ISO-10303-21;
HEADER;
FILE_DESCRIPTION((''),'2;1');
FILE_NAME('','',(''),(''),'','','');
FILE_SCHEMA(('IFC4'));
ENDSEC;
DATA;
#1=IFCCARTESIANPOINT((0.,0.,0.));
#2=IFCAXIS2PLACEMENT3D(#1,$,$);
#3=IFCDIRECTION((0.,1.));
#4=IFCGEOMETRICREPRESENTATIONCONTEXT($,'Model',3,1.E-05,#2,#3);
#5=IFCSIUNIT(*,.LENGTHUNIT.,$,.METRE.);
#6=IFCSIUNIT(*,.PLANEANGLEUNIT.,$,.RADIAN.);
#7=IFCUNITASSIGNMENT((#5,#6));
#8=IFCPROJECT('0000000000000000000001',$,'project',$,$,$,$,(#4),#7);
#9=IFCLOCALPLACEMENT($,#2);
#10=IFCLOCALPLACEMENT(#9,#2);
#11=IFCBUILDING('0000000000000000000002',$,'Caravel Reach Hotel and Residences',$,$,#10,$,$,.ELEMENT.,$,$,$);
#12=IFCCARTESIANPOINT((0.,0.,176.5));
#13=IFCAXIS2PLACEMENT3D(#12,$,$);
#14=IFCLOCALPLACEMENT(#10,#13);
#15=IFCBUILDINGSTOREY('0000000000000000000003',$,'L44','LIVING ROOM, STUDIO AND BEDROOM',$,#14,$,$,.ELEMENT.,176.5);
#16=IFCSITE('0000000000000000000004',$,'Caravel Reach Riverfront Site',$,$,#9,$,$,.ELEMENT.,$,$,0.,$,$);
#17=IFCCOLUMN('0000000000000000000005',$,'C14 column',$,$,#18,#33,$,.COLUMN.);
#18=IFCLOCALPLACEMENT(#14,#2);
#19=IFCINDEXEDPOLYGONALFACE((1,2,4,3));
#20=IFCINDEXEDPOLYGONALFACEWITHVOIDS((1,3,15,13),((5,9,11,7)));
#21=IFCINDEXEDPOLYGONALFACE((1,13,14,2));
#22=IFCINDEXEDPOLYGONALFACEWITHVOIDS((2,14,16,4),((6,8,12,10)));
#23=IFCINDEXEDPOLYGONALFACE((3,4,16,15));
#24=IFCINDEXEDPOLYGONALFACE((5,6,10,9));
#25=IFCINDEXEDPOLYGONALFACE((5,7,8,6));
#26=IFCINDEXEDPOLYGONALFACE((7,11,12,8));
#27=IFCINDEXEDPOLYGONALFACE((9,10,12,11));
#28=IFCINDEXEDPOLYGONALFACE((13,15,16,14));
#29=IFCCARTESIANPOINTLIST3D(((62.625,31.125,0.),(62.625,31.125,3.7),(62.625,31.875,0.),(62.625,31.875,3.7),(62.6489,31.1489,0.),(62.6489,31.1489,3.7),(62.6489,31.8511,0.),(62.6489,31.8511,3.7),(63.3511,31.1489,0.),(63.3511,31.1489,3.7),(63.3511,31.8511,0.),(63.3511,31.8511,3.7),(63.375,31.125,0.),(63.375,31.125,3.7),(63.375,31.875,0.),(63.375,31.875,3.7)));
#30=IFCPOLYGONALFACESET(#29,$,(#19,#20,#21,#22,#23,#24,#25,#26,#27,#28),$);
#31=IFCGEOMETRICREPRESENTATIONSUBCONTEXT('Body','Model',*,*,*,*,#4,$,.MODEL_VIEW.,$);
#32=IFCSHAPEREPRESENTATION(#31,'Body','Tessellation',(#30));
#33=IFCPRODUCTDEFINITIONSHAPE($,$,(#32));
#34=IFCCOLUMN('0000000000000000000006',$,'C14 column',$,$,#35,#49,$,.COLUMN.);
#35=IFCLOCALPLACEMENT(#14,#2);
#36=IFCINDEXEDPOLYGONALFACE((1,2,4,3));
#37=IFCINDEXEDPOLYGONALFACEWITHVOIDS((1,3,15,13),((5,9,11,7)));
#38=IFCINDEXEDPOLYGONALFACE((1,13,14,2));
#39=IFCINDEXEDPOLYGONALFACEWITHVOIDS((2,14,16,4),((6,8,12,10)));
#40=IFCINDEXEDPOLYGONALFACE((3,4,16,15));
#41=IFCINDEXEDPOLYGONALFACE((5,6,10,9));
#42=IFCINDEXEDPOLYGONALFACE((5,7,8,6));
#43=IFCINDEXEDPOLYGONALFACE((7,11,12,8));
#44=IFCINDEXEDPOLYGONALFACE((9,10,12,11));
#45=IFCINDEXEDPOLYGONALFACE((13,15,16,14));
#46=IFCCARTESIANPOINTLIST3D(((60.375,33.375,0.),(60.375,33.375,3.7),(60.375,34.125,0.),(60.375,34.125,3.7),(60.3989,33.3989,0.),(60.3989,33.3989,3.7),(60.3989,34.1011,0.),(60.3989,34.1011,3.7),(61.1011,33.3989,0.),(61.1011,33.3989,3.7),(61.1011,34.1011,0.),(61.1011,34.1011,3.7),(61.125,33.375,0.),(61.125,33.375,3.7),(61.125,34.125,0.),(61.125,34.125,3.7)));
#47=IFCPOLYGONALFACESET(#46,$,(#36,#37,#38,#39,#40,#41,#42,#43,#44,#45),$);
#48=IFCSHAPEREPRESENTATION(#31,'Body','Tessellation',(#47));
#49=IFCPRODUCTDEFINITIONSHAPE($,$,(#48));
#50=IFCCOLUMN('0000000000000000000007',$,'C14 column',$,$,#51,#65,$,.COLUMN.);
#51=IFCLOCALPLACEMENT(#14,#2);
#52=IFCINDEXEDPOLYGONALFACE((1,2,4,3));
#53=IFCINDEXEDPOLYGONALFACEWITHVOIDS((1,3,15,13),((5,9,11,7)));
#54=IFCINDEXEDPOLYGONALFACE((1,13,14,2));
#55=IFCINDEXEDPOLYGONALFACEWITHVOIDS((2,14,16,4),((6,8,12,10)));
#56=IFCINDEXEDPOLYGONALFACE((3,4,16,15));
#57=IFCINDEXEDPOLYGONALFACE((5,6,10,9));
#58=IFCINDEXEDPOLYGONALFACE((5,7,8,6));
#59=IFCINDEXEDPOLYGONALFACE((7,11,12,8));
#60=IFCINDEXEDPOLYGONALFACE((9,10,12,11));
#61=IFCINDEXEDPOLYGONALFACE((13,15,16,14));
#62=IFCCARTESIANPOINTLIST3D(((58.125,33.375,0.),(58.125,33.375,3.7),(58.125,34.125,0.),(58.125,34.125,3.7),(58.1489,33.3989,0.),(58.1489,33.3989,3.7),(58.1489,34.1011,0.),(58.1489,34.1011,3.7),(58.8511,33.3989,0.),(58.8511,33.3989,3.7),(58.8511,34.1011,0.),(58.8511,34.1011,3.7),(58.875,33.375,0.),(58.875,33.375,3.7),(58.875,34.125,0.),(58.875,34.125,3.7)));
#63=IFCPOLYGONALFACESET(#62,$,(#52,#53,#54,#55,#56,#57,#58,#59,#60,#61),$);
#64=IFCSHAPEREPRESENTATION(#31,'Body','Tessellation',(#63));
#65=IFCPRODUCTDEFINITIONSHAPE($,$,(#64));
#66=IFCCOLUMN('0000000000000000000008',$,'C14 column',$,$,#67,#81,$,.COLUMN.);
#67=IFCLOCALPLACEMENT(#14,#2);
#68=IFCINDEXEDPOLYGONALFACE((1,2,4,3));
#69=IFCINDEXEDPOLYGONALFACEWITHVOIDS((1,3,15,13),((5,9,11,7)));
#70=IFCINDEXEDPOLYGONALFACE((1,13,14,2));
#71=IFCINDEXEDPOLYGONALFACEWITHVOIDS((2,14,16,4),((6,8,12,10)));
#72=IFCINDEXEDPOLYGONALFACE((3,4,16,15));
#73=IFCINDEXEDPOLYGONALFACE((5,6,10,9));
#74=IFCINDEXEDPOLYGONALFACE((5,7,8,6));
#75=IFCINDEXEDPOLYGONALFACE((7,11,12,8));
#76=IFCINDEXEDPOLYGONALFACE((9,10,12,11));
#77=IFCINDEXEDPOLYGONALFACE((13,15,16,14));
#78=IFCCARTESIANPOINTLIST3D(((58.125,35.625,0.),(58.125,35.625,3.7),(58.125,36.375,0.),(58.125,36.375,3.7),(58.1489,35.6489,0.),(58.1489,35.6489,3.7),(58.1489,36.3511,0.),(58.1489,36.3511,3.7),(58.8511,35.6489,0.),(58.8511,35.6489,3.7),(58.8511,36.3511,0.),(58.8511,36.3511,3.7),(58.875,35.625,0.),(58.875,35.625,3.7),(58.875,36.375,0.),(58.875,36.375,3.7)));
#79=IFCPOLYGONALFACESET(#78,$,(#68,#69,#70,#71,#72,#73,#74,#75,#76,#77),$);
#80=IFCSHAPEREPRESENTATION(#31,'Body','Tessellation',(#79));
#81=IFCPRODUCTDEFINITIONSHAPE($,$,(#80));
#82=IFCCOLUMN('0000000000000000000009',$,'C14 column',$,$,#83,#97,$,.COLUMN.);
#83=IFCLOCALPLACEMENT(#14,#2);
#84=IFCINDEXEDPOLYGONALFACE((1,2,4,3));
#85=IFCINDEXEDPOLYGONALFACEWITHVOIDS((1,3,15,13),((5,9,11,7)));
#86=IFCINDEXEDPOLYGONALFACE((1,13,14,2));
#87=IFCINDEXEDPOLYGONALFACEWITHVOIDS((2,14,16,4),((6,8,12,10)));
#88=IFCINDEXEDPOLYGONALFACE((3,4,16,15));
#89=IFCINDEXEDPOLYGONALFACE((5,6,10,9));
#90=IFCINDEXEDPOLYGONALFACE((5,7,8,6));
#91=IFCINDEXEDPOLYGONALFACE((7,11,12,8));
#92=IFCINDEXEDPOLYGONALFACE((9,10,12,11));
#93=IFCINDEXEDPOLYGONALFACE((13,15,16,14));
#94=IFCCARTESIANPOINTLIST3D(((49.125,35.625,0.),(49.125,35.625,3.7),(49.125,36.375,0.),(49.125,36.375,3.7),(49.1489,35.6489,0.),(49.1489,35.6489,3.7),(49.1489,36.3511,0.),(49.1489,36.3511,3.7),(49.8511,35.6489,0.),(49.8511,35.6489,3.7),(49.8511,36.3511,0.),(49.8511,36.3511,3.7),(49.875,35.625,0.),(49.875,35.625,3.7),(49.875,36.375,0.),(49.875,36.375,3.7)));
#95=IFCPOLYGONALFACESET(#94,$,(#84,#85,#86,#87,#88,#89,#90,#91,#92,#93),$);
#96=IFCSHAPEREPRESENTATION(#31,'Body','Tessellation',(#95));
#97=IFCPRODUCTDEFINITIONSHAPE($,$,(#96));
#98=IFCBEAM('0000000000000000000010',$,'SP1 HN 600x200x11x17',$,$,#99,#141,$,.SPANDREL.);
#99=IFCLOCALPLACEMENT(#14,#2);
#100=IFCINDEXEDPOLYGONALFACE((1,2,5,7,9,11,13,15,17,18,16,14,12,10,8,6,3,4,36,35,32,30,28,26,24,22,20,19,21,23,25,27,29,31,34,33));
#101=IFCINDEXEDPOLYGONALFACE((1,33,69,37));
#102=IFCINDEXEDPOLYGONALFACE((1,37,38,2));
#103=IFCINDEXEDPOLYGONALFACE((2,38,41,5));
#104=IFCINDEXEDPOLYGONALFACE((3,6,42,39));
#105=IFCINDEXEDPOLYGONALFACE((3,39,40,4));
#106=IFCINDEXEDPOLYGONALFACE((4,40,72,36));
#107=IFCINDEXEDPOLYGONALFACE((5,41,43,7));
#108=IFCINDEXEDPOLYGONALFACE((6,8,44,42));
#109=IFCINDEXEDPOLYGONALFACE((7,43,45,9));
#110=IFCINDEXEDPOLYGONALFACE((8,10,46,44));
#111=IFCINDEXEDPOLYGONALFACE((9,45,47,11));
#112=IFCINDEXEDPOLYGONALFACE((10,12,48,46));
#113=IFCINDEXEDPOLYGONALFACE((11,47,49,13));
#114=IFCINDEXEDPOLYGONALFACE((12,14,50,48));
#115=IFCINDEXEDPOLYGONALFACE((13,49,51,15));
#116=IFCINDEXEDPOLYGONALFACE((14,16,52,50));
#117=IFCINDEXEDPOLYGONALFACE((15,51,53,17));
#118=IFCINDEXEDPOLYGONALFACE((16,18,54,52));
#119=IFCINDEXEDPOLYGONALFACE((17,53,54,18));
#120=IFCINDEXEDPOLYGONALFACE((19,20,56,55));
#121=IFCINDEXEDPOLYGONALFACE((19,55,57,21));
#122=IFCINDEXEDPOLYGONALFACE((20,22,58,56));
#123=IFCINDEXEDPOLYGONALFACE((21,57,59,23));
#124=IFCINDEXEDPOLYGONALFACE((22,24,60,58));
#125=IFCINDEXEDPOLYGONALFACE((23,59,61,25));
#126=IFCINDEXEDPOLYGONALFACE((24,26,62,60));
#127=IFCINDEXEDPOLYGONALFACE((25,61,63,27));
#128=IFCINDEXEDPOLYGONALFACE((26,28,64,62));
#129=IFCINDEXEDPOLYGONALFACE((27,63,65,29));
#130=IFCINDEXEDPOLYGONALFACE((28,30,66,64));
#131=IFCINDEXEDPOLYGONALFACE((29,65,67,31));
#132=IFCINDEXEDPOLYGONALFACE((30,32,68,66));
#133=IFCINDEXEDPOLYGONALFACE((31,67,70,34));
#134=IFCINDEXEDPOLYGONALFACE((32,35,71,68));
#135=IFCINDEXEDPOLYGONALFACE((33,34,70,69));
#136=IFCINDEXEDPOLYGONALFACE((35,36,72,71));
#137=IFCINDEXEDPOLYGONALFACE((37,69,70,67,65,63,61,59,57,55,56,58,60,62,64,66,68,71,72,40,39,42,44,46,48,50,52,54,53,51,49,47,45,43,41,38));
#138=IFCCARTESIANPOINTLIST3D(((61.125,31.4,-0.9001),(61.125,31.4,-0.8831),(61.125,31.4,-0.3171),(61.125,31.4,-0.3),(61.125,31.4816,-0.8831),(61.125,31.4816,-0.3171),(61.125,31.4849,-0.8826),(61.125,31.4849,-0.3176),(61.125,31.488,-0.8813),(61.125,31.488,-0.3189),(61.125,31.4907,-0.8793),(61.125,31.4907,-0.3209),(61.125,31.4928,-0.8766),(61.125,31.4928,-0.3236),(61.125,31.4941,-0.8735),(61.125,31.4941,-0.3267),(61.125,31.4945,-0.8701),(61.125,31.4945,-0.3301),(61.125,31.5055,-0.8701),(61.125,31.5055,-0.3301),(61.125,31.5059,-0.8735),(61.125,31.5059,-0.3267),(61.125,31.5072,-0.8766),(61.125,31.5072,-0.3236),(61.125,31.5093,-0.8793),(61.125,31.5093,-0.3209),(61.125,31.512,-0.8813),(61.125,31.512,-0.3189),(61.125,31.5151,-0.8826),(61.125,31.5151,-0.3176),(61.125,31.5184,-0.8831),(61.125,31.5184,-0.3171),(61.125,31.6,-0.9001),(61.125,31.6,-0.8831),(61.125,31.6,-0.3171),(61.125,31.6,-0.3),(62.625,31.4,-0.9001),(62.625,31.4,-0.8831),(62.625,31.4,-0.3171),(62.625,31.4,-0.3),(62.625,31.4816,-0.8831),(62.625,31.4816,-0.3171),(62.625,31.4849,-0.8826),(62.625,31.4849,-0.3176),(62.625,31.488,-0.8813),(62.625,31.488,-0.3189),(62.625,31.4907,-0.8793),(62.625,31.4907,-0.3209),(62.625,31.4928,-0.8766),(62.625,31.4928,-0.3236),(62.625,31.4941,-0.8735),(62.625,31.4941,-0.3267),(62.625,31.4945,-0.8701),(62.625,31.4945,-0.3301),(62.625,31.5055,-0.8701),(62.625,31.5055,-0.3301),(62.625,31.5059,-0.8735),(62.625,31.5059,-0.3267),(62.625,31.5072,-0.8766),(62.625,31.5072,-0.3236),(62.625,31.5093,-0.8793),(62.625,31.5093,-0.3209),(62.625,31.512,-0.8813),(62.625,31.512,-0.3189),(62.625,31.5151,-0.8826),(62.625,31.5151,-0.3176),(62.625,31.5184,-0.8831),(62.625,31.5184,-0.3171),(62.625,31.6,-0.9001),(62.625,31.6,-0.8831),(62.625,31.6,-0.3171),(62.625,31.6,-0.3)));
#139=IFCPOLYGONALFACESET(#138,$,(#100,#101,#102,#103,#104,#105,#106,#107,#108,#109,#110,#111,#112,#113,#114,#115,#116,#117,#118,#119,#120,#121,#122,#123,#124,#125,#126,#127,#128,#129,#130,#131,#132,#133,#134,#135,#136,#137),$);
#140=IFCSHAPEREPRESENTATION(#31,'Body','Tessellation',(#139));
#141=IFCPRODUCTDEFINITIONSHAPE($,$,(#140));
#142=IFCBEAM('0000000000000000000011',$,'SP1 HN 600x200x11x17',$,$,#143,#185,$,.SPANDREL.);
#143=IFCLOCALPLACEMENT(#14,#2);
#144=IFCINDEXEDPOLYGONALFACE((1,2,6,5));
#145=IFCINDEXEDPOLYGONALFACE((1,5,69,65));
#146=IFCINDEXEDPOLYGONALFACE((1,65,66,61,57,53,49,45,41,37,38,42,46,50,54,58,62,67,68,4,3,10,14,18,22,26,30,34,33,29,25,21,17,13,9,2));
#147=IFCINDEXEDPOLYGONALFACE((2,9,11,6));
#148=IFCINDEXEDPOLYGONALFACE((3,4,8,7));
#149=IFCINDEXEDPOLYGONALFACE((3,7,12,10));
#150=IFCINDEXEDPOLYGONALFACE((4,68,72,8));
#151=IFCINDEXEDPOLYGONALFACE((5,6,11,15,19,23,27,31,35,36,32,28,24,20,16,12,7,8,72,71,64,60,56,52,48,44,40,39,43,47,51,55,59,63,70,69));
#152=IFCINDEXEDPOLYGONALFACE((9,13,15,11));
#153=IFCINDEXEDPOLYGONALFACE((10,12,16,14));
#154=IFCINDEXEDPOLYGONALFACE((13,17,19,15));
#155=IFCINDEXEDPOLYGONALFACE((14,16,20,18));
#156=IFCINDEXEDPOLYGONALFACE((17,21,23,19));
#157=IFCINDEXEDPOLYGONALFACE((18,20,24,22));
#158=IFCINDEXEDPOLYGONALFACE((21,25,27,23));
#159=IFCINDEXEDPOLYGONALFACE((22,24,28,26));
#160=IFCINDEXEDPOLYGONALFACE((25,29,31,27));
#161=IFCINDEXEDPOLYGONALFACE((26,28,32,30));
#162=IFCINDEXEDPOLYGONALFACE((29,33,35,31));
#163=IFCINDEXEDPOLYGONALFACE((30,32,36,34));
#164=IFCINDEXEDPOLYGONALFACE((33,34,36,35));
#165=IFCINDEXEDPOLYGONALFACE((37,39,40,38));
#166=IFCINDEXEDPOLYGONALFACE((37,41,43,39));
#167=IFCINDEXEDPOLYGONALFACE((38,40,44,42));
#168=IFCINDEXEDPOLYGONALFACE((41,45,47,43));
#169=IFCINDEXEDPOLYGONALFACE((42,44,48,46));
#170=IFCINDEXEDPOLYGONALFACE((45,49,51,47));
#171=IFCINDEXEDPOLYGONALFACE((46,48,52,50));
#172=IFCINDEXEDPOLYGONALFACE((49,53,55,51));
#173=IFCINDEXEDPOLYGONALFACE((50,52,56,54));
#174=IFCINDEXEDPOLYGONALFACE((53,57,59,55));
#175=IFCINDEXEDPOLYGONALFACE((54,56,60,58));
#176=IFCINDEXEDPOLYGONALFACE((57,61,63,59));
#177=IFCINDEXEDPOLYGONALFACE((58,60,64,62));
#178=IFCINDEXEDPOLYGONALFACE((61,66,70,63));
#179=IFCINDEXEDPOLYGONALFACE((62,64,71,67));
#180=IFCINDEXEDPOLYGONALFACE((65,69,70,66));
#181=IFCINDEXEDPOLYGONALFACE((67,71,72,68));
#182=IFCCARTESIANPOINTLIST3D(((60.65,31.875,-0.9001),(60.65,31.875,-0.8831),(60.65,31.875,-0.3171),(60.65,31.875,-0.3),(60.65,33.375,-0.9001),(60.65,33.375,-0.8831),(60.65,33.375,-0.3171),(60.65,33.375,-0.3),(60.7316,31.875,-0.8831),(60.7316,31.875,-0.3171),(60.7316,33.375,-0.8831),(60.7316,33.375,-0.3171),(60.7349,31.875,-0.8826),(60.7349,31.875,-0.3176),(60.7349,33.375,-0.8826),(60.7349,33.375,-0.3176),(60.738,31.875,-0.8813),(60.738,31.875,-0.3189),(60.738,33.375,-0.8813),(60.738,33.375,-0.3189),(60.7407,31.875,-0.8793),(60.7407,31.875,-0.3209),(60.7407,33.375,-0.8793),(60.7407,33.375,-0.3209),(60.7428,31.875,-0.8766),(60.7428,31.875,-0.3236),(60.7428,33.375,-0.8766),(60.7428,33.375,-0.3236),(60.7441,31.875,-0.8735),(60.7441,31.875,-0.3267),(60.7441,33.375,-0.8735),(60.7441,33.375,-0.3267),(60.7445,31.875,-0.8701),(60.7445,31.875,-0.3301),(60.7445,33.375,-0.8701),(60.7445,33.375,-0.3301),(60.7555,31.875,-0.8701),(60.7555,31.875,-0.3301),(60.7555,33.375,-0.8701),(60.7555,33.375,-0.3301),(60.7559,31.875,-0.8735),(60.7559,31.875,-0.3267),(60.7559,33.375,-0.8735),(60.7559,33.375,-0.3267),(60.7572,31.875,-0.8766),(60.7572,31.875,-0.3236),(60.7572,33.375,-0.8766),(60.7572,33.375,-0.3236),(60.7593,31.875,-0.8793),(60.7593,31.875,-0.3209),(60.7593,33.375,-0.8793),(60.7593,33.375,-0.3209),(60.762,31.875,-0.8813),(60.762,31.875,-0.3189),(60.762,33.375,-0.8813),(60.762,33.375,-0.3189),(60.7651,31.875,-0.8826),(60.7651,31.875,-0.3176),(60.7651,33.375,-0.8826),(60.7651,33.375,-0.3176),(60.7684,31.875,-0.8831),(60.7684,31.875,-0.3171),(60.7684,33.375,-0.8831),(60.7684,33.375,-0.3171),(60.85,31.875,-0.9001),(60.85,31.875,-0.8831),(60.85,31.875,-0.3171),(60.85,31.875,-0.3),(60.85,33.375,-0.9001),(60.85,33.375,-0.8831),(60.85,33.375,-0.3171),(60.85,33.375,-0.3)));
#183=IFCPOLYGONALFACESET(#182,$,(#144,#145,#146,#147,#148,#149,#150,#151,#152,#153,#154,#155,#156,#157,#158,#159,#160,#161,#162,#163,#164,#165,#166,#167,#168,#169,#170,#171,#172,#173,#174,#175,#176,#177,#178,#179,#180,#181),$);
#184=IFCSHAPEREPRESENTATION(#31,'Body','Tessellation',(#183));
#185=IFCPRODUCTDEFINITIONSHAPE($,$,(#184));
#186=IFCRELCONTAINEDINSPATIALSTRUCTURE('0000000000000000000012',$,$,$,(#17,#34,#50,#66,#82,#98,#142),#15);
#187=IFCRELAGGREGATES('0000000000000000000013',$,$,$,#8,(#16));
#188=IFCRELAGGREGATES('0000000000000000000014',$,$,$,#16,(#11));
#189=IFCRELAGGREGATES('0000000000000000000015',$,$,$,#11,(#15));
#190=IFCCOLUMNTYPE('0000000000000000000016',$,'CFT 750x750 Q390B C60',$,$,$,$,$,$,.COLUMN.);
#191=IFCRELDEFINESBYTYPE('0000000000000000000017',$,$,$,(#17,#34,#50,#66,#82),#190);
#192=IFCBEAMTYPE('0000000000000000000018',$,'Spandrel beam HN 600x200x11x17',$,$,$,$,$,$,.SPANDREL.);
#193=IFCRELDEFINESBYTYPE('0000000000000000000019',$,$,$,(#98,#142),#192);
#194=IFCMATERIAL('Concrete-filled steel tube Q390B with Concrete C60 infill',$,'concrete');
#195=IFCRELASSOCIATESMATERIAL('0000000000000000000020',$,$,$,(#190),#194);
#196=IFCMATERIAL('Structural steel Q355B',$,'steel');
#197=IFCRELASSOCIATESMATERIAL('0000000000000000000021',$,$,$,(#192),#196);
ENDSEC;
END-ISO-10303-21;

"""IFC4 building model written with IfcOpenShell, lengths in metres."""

from ifc_helpers import new_model, si_unit, direction, frame, origin, origin_2d, place, context, subcontext, project, spatial, hollow_rectangle, i_section, extrude, material, material_profile, profile_set, type_object, element, save


model = new_model("IFC4")

# Units and contexts
model_context = context("Model", 3, precision=1e-05, world=origin(), true_north=direction((0.0, 1.0)))
body_context = subcontext(model_context, "Body", "Model", "MODEL_VIEW")
ifc_project = project(units=[si_unit("LENGTHUNIT", "METRE"), si_unit("PLANEANGLEUNIT", "RADIAN")], contexts=[model_context])

# Site, building, storey
site_placement = place(None, origin())
site = spatial("IfcSite", under=ifc_project, at=site_placement, Name="Caravel Reach Riverfront Site", CompositionType="ELEMENT", RefElevation=0.0)
building_placement = place(site_placement, origin())
building = spatial("IfcBuilding", under=site, at=building_placement, Name="Caravel Reach Hotel and Residences", CompositionType="ELEMENT")
storey_placement = place(building_placement, frame((0.0, 0.0, 176.5)))
storey = spatial("IfcBuildingStorey", under=building, at=storey_placement, Name="L44", Description="LIVING ROOM, STUDIO AND BEDROOM", CompositionType="ELEMENT", Elevation=176.5)

# Columns
ifc_material_1 = material(Name="Concrete-filled steel tube Q390B with Concrete C60 infill", Category="concrete")
ifc_material_profile_1 = material_profile(ifc_material_1, hollow_rectangle(XDim=0.75, YDim=0.75, WallThickness=0.0239, at=origin_2d()), Name="RHS 750x750x24")
ifc_profile_set_1 = profile_set([ifc_material_profile_1], Name="Concrete-filled steel tube Q390B with Concrete C60 infill")
column_type = type_object("IfcColumnType", Name="CFT 750x750 Q390B C60", PredefinedType="COLUMN", material=ifc_profile_set_1)
for number, where, z_axis, x_axis, name in (
    (1, (63.0, 31.5, 0.0), (0.0, 0.0, 1.0), (1.0, 0.0, 0.0), "C14 column"),
    (2, (60.75, 33.75, 0.0), (0.0, 0.0, 1.0), (1.0, 0.0, 0.0), "C14 column"),
    (3, (58.5, 33.75, 0.0), (0.0, 0.0, 1.0), (1.0, 0.0, 0.0), "C14 column"),
    (4, (58.5, 36.0, 0.0), (0.0, 0.0, 1.0), (1.0, 0.0, 0.0), "C14 column"),
    (5, (49.5, 36.0, 0.0), (0.0, 0.0, 1.0), (1.0, 0.0, 0.0), "C14 column"),
):
    element("IfcColumn", number, at=place(storey_placement, frame(where, z_axis=z_axis, x_axis=x_axis)), inside=storey, type_object=column_type, Name=name, PredefinedType="COLUMN", context=body_context, shape_type="SweptSolid", body=[
        extrude(hollow_rectangle(XDim=0.75, YDim=0.75, WallThickness=0.0239, at=origin_2d()), origin(), (0.0, 0.0, 1.0), 3.7),
    ])

# Beams
ifc_material_2 = material(Name="Structural steel Q355B", Category="steel")
ifc_material_profile_2 = material_profile(ifc_material_2, i_section(OverallWidth=0.2, OverallDepth=0.6001, WebThickness=0.011, FlangeThickness=0.0171, FilletRadius=0.0129, at=origin_2d()), Name="HN 600x200x11x17")
ifc_profile_set_2 = profile_set([ifc_material_profile_2], Name="Structural steel Q355B")
beam_type = type_object("IfcBeamType", Name="Spandrel beam HN 600x200x11x17", PredefinedType="SPANDREL", material=ifc_profile_set_2)
for number, where, z_axis, x_axis, name in (
    (6, (62.625, 31.5, -0.6001), (-1.0, 0.0, 0.0), (0.0, -1.0, 0.0), "SP1 HN 600x200x11x17"),
    (7, (60.75, 31.875, -0.6001), (0.0, 1.0, 0.0), (-1.0, 0.0, 0.0), "SP1 HN 600x200x11x17"),
):
    element("IfcBeam", number, at=place(storey_placement, frame(where, z_axis=z_axis, x_axis=x_axis)), inside=storey, type_object=beam_type, Name=name, PredefinedType="SPANDREL", context=body_context, shape_type="SweptSolid", body=[
        extrude(i_section(OverallWidth=0.2, OverallDepth=0.6001, WebThickness=0.011, FlangeThickness=0.0171, FilletRadius=0.0129, at=origin_2d()), origin(), (0.0, 0.0, 1.0), 1.5),
    ])

save(model, "model.ifc")
